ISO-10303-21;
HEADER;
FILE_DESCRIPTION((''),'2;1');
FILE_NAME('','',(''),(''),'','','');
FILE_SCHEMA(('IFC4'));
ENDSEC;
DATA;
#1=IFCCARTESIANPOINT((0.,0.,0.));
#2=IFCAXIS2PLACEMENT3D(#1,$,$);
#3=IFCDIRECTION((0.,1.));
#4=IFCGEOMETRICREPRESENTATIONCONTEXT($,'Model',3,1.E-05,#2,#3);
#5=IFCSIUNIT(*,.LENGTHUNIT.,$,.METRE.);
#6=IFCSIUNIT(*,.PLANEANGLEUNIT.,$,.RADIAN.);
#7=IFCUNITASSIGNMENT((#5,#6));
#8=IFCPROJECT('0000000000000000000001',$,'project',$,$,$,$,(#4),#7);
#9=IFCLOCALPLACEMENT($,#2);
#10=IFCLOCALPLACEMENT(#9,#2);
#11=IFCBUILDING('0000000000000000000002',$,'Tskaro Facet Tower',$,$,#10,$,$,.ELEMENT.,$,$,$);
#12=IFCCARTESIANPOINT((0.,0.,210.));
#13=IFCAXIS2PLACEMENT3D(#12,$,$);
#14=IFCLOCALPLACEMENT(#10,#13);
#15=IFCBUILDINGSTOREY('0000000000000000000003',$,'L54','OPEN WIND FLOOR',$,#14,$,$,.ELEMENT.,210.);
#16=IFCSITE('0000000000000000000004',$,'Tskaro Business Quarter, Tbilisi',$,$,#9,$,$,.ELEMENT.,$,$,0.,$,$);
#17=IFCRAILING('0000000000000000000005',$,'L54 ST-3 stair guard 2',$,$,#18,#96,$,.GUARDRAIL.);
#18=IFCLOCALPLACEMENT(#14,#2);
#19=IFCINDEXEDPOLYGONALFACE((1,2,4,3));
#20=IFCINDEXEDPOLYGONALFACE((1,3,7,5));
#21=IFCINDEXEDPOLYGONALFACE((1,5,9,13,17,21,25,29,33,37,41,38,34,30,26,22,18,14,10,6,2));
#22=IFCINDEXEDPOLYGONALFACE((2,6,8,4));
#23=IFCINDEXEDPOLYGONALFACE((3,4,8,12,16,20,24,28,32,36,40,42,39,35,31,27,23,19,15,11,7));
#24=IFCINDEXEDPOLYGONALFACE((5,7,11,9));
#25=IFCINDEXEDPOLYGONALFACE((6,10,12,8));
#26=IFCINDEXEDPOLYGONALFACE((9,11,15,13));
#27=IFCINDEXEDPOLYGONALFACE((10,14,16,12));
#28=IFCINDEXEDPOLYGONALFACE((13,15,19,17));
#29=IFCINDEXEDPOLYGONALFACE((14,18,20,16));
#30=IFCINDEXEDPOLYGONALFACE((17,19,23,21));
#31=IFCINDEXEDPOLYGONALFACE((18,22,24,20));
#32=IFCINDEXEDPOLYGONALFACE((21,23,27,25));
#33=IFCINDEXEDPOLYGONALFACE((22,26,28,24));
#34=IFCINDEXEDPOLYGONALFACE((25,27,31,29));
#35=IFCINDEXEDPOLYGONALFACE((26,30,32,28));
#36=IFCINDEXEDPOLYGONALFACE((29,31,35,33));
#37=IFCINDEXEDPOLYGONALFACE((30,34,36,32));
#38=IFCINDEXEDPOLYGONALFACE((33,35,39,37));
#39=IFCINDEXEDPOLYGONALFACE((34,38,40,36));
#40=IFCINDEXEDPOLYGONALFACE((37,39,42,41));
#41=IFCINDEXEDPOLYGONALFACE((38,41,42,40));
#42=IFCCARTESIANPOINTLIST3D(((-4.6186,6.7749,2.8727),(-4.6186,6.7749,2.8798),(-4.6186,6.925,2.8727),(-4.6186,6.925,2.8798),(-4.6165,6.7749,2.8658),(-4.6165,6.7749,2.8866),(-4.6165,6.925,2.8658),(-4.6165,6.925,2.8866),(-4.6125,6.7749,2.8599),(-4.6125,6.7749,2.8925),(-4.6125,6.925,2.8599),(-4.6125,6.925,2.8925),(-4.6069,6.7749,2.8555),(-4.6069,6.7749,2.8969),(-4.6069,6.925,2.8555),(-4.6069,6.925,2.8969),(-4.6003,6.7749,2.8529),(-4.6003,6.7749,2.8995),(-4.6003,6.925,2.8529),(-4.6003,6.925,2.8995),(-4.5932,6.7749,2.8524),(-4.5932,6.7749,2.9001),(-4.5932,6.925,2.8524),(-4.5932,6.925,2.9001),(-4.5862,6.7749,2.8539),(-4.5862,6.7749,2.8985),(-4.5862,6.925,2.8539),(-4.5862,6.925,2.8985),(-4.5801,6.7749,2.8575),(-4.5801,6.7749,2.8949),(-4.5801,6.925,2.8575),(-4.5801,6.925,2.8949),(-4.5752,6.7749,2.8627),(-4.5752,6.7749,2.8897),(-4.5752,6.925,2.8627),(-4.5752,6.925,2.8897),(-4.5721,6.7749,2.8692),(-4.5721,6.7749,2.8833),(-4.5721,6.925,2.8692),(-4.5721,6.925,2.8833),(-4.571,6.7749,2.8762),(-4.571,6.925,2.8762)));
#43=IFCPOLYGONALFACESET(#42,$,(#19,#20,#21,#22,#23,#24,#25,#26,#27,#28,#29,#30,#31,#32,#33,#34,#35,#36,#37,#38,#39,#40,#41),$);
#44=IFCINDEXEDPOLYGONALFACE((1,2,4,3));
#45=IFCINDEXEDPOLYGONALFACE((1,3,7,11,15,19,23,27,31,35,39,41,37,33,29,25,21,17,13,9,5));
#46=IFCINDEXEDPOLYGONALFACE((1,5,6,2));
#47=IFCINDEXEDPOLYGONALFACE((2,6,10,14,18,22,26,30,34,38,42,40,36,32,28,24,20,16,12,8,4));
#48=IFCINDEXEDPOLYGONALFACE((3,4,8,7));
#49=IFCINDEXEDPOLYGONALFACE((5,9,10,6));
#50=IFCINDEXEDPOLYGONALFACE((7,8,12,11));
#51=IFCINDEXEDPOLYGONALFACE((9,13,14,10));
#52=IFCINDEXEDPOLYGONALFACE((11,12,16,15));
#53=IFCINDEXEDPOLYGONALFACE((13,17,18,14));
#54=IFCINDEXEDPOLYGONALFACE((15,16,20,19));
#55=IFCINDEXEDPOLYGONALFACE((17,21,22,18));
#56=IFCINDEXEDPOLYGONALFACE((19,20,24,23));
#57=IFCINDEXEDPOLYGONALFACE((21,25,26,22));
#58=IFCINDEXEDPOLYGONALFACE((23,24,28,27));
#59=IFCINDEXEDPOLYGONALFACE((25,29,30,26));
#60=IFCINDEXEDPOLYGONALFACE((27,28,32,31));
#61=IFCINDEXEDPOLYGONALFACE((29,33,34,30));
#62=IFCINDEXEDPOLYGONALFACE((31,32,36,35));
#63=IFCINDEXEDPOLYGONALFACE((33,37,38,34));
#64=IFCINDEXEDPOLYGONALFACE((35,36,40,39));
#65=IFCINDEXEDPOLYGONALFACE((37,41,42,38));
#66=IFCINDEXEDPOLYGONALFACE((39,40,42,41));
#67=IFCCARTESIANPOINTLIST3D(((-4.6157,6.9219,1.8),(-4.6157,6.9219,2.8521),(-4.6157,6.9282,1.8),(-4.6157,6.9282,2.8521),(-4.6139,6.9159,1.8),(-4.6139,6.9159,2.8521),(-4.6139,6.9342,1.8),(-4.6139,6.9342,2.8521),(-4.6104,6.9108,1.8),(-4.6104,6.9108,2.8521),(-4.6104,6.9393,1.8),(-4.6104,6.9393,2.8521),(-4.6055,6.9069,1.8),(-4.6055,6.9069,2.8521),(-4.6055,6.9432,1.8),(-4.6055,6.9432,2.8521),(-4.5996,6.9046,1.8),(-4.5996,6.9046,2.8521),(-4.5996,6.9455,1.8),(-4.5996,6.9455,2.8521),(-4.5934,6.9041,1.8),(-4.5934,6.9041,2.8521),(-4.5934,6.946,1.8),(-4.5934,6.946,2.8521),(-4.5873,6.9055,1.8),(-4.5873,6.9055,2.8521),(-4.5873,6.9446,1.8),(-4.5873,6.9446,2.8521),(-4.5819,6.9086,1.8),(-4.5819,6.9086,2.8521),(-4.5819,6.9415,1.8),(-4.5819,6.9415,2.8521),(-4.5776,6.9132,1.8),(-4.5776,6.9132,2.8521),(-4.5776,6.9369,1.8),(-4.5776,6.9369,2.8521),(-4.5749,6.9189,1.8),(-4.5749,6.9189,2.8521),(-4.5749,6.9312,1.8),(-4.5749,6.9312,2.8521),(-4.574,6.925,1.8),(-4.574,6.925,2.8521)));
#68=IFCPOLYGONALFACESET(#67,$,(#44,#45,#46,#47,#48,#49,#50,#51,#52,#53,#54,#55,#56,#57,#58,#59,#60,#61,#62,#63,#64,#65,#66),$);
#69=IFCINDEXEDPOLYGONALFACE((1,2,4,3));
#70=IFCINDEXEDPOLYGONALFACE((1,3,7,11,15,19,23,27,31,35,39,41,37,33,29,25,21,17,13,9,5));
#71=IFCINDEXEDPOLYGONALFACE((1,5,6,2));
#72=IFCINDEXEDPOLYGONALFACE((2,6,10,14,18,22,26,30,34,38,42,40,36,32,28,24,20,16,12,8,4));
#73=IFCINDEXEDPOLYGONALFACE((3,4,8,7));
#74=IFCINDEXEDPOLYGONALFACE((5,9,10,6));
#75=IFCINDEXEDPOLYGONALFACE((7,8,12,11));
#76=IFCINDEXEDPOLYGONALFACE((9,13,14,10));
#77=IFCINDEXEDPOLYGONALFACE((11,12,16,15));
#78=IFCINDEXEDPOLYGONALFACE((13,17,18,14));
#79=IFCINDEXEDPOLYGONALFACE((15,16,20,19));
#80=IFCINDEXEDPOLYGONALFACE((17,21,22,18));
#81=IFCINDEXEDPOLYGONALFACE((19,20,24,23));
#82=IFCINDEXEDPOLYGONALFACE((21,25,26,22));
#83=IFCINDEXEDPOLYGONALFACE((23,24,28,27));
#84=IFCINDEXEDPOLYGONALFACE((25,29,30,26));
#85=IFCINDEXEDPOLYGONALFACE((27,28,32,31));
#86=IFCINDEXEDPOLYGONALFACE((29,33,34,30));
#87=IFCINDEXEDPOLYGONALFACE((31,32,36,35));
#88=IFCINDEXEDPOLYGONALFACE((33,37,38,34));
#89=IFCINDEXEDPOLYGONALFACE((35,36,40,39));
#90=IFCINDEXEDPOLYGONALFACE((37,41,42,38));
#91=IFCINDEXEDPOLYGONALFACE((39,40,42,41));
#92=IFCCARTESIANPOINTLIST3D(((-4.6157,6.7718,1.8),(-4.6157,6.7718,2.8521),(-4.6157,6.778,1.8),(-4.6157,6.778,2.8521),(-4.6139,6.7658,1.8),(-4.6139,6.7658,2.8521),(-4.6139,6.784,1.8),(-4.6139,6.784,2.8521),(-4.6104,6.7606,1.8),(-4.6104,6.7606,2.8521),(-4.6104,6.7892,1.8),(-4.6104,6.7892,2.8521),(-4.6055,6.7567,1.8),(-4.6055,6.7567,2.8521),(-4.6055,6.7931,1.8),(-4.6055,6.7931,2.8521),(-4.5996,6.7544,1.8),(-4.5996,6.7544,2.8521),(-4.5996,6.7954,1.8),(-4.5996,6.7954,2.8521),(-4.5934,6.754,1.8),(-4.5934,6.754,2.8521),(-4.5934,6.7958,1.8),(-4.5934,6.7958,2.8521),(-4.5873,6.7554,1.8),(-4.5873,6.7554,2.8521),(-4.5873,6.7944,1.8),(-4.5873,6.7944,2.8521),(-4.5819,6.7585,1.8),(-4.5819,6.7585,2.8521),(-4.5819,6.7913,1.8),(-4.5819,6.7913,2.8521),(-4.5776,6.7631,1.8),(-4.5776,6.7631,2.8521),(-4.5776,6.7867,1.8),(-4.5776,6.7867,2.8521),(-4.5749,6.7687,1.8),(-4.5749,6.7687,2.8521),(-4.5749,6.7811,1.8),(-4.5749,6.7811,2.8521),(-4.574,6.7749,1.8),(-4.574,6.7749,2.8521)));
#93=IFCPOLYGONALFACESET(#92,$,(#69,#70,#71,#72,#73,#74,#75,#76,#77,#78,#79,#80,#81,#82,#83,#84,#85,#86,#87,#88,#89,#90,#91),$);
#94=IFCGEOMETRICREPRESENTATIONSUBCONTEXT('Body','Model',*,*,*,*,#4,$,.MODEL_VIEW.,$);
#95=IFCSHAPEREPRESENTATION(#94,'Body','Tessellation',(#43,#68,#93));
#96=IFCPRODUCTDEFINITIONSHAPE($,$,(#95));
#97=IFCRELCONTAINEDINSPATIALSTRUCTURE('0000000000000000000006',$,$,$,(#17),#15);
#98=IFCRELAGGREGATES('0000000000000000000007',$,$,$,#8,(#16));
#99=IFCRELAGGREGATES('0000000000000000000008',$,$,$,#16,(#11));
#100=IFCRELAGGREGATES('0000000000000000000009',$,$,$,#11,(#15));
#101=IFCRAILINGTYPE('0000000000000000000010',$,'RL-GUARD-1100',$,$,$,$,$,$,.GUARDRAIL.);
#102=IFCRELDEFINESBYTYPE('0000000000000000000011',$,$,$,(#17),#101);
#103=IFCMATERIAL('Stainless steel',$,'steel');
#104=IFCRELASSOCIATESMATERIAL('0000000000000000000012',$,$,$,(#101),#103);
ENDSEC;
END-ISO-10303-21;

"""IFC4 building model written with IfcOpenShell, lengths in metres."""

from ifc_helpers import new_model, si_unit, direction, frame, origin, origin_2d, place, context, subcontext, project, spatial, circle, extrude, material, type_object, element, save


model = new_model("IFC4")

# Units and contexts
model_context = context("Model", 3, precision=1e-05, world=origin(), true_north=direction((0.0, 1.0)))
body_context = subcontext(model_context, "Body", "Model", "MODEL_VIEW")
ifc_project = project(units=[si_unit("LENGTHUNIT", "METRE"), si_unit("PLANEANGLEUNIT", "RADIAN")], contexts=[model_context])

# Site, building, storey
site_placement = place(None, origin())
site = spatial("IfcSite", under=ifc_project, at=site_placement, Name="Tskaro Business Quarter, Tbilisi", CompositionType="ELEMENT", RefElevation=0.0)
building_placement = place(site_placement, origin())
building = spatial("IfcBuilding", under=site, at=building_placement, Name="Tskaro Facet Tower", CompositionType="ELEMENT")
storey_placement = place(building_placement, frame((0.0, 0.0, 210.0)))
storey = spatial("IfcBuildingStorey", under=building, at=storey_placement, Name="L54", Description="OPEN WIND FLOOR", CompositionType="ELEMENT", Elevation=210.0)

# Railing
ifc_material_1 = material(Name="Stainless steel", Category="steel")
railing_type_1 = type_object("IfcRailingType", Name="RL-GUARD-1100", PredefinedType="GUARDRAIL", material=ifc_material_1)
railing_1_placement = place(storey_placement, frame((-4.595, 6.925, 1.8)))
element("IfcRailing", 1, at=railing_1_placement, inside=storey, type_object=railing_type_1, Name="L54 ST-3 stair guard 2", PredefinedType="GUARDRAIL", context=body_context, shape_type="SweptSolid", body=[
    extrude(circle(Radius=0.0239, at=origin_2d()), frame((0.0, 0.0, 1.0762), z_axis=(0.0, -1.0, 0.0), x_axis=(1.0, 0.0, 0.0)), (0.0, 0.0, 1.0), 0.1501),
    extrude(circle(Radius=0.021, at=origin_2d()), origin(), (0.0, 0.0, 1.0), 1.052),
    extrude(circle(Radius=0.021, at=origin_2d()), frame((0.0, -0.1501, 0.0)), (0.0, 0.0, 1.0), 1.052),
])

save(model, "model.ifc")
